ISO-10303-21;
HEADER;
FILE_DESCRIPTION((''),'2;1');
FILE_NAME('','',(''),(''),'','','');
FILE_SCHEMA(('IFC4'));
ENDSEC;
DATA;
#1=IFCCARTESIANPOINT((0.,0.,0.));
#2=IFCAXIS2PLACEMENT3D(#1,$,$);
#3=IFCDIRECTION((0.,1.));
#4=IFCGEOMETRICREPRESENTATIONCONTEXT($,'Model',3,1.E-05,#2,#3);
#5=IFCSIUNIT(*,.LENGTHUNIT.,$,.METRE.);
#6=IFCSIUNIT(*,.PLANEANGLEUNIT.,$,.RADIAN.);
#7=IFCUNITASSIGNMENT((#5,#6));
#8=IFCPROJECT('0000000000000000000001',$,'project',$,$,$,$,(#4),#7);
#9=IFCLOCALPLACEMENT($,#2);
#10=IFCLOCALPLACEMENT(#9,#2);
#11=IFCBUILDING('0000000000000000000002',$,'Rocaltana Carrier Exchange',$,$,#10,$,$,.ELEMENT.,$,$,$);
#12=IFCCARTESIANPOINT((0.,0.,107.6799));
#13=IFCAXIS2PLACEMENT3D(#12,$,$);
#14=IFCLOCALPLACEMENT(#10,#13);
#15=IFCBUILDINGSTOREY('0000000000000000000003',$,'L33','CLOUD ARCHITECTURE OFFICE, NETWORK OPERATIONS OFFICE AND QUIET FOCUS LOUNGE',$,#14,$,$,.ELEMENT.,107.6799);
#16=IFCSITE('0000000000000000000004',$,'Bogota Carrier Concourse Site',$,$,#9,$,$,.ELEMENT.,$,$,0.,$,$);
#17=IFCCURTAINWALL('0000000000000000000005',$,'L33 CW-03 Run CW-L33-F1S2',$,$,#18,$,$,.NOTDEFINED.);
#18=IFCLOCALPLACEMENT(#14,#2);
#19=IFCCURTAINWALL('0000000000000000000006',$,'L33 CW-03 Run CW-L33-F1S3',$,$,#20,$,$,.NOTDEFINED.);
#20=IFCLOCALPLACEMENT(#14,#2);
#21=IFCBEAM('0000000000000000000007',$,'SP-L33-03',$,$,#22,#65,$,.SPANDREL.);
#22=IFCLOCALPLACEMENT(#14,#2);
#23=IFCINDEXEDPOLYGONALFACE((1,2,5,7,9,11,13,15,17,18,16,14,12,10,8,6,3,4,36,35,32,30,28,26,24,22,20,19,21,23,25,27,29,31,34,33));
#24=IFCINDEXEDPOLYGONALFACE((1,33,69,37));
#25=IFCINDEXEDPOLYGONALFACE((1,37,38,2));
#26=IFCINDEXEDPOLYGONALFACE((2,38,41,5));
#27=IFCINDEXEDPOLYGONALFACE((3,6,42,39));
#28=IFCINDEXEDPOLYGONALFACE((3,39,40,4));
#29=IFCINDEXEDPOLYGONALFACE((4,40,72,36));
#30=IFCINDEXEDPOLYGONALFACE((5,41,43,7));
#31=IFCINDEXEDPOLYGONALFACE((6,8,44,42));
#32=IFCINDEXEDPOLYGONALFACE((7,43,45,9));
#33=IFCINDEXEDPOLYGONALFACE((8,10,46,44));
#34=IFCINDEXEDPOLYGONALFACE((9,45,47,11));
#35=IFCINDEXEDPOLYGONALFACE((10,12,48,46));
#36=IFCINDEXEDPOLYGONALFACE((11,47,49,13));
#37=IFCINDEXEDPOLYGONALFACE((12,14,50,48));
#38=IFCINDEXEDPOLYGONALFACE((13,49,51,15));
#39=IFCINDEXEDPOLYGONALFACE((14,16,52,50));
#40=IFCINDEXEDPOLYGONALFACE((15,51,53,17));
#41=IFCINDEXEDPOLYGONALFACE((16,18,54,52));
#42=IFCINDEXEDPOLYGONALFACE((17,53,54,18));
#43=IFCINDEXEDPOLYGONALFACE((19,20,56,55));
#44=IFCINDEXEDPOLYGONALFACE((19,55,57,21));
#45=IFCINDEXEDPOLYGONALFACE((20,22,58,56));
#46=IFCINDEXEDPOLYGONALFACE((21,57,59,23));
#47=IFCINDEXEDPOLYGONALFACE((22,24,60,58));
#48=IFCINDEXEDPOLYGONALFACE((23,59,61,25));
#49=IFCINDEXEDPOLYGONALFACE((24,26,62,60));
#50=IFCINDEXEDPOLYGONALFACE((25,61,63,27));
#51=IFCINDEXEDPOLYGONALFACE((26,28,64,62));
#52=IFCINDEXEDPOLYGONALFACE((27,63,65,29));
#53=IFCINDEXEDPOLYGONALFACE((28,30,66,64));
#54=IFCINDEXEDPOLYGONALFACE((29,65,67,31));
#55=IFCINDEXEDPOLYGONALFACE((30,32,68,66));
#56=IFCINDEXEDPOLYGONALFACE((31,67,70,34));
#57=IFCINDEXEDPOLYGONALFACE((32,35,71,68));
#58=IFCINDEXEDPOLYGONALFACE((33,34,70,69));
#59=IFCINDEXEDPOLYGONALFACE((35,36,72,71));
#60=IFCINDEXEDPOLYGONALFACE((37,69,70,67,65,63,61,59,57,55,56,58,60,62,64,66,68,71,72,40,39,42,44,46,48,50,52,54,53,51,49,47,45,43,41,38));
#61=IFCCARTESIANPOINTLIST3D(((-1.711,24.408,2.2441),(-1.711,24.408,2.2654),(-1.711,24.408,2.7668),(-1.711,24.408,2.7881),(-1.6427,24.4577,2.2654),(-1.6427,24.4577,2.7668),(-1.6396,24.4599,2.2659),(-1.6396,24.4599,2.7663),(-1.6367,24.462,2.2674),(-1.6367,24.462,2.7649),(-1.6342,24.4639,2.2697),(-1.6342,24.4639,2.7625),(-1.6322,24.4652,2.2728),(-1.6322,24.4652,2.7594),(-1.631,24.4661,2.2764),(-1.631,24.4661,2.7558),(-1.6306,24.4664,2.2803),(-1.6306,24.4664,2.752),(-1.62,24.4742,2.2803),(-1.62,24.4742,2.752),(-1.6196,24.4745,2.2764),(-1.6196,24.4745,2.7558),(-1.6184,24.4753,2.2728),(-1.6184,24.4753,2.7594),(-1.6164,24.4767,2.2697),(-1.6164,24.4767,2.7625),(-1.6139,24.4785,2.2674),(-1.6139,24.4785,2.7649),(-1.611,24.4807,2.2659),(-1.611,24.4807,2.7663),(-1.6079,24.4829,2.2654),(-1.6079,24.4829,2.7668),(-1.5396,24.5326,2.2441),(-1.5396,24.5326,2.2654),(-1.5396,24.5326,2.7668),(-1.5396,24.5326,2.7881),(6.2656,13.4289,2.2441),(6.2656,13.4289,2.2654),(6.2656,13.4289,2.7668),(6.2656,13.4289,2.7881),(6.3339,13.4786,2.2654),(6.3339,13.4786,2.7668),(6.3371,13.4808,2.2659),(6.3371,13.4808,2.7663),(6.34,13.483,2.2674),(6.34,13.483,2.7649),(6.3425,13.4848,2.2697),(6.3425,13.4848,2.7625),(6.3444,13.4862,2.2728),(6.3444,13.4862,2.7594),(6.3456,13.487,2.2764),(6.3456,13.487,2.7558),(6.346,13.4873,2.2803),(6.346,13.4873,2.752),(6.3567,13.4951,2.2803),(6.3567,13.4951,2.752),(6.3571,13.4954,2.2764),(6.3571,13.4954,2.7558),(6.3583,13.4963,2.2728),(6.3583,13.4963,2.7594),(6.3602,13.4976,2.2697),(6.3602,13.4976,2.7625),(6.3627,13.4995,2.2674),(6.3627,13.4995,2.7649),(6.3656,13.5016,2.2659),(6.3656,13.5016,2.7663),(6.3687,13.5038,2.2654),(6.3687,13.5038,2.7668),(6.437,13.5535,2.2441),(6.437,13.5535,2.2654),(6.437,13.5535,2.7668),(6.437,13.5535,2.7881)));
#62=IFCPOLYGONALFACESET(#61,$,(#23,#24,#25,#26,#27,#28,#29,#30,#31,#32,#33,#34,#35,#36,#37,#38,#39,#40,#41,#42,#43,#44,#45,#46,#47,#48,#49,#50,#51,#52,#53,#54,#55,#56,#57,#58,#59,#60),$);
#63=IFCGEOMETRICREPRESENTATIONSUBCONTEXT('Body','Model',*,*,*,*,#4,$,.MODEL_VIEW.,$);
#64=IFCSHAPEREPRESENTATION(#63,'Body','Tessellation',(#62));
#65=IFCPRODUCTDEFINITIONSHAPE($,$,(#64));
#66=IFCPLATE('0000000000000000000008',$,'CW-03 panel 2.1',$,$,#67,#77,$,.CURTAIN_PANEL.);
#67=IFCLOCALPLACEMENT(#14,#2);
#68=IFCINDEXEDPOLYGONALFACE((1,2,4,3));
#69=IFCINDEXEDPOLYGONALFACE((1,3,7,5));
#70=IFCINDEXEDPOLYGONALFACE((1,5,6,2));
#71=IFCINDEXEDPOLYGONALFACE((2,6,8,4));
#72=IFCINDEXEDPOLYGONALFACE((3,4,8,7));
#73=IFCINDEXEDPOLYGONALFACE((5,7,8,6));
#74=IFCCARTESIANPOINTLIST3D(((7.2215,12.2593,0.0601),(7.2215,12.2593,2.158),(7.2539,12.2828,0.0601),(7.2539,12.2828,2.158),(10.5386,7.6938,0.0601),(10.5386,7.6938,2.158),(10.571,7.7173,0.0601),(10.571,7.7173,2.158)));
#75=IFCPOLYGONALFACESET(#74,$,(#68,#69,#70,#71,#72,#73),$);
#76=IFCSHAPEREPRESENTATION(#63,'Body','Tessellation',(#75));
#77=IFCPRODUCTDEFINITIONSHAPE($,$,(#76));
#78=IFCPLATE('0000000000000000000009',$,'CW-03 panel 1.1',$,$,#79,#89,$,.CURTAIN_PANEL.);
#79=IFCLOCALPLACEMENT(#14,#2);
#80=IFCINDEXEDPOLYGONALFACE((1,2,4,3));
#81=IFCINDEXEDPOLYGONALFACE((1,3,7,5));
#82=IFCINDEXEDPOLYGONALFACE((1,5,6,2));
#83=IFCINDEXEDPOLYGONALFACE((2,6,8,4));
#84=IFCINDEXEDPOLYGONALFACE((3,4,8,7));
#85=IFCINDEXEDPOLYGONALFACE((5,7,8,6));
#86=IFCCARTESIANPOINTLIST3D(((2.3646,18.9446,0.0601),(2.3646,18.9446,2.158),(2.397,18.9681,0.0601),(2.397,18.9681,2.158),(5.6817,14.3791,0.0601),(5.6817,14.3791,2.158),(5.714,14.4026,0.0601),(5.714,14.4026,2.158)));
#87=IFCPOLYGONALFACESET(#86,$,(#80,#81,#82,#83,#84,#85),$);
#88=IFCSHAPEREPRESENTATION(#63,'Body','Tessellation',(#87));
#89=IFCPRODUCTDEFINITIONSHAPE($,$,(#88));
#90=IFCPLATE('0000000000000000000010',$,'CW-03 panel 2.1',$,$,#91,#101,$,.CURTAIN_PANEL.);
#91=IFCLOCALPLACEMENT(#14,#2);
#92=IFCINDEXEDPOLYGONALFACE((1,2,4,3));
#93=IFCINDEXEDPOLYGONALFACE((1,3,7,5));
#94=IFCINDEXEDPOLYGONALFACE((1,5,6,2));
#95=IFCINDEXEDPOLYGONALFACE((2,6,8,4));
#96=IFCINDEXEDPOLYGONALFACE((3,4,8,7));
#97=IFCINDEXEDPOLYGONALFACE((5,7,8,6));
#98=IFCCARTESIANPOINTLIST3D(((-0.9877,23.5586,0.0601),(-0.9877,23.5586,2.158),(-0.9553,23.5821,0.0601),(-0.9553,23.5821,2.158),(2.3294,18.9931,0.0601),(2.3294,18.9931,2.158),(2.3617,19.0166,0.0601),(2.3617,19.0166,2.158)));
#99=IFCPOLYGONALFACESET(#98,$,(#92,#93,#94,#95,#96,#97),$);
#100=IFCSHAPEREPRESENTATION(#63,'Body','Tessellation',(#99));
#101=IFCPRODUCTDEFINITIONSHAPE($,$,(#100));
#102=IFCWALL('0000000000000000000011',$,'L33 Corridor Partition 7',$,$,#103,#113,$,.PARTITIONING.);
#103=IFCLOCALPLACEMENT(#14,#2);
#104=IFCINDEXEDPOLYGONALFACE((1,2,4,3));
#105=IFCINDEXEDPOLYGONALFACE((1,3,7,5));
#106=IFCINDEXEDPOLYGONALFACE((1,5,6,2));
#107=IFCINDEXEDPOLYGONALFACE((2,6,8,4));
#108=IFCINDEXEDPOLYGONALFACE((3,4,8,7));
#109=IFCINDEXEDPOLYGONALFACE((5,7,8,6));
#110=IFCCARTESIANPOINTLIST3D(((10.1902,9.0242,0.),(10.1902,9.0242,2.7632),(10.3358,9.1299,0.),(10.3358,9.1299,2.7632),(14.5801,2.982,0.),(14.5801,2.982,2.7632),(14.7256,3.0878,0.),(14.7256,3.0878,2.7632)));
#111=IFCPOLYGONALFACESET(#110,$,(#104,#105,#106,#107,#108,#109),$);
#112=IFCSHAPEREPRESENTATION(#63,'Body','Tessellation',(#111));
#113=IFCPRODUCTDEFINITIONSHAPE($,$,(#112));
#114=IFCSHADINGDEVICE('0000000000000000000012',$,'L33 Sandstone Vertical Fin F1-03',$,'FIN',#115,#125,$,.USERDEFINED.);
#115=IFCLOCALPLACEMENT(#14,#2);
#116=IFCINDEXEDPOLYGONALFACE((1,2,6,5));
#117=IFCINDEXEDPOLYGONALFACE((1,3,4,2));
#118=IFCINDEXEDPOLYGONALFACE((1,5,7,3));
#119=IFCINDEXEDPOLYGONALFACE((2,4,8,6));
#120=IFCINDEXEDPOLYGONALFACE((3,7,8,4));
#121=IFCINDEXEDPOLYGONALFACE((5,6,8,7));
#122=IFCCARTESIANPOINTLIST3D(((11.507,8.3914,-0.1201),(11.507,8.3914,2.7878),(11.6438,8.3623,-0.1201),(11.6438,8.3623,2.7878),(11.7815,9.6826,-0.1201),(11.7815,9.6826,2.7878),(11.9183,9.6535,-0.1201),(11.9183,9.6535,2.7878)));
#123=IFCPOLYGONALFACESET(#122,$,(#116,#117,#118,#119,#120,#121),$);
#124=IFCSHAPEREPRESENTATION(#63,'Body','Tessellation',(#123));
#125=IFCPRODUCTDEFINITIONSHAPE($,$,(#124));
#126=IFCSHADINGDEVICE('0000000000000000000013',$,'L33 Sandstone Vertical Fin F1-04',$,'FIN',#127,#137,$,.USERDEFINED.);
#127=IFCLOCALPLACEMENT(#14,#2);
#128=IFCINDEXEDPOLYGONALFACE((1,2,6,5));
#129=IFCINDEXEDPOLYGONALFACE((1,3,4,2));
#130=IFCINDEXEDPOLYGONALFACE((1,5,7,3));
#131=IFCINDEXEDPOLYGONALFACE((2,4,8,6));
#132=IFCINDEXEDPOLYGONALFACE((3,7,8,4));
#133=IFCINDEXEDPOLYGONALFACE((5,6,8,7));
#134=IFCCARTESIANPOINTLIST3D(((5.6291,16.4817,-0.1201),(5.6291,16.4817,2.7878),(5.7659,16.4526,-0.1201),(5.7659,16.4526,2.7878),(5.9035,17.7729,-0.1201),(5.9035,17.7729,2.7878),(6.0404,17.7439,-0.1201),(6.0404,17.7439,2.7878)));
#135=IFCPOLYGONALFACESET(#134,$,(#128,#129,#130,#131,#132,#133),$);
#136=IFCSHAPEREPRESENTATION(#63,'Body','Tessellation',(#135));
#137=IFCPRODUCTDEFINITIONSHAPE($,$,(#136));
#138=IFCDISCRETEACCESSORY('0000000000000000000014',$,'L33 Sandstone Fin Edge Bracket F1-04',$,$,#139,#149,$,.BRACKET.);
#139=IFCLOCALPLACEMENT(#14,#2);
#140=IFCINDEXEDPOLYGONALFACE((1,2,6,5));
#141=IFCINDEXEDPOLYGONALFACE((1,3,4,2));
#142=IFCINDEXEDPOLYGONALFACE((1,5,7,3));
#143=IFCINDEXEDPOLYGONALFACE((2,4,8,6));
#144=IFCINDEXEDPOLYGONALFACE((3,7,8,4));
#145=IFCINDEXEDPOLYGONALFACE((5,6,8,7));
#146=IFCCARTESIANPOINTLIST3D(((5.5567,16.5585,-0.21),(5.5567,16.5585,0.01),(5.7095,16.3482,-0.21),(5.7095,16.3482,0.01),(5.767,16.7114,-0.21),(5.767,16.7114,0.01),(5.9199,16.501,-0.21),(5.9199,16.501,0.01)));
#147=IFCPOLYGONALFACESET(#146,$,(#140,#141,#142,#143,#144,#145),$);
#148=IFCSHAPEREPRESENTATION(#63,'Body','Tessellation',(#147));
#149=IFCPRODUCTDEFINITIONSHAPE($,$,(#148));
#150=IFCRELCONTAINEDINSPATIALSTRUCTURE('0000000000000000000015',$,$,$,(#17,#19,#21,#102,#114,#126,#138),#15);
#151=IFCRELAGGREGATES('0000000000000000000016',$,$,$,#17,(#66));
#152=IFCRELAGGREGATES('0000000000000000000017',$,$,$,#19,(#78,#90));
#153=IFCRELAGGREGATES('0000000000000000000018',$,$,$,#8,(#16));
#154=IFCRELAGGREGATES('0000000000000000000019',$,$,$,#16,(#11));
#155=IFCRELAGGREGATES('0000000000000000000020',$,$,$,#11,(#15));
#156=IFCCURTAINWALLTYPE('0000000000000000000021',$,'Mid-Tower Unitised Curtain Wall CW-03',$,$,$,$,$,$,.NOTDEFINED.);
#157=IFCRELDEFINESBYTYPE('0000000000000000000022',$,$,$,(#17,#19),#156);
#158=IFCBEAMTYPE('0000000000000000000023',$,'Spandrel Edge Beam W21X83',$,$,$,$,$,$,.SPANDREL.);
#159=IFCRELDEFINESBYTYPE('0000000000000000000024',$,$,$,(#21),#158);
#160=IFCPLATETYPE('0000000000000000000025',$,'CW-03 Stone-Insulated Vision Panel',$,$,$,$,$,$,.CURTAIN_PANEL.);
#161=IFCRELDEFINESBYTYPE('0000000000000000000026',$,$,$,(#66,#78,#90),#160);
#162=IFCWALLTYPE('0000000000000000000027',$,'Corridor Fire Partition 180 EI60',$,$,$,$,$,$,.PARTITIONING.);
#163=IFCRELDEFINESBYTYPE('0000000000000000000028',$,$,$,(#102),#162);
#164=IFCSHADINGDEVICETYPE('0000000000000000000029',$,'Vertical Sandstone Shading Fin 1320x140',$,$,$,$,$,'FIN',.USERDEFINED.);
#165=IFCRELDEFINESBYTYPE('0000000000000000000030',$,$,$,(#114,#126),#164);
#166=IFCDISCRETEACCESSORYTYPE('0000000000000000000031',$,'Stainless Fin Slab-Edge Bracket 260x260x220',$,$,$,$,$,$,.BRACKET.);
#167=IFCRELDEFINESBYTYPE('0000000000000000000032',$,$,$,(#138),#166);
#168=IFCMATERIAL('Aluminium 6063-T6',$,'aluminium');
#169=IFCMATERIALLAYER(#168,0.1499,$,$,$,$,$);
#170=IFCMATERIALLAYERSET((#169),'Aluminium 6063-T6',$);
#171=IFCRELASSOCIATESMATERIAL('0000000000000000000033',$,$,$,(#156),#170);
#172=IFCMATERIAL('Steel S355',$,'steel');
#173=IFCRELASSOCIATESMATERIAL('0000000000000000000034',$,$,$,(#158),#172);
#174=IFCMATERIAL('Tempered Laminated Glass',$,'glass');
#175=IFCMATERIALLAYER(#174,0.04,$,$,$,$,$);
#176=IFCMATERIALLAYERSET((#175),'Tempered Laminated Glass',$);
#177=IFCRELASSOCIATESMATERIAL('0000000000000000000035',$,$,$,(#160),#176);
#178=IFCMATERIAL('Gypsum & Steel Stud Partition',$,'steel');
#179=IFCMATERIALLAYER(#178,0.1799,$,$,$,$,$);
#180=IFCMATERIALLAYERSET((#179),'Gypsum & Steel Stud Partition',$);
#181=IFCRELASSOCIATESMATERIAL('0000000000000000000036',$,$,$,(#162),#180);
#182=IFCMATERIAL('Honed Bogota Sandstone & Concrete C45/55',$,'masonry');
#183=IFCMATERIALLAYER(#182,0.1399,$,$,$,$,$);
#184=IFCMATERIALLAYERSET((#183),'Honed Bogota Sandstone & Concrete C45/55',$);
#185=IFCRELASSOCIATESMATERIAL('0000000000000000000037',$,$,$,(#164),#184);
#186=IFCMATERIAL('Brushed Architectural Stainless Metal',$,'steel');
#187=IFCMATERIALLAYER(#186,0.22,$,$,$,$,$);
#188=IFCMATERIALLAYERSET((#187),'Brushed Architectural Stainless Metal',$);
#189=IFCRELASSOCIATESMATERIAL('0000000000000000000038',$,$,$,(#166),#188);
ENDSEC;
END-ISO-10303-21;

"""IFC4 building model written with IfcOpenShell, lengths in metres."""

from ifc_helpers import new_model, si_unit, direction, frame, frame_2d, origin, origin_2d, place, context, subcontext, project, spatial, rectangle, i_section, extrude, material, layer, layer_set, material_profile, profile_set, type_object, element, aggregate, save


model = new_model("IFC4")

# Units and contexts
model_context = context("Model", 3, precision=1e-05, world=origin(), true_north=direction((0.0, 1.0)))
body_context = subcontext(model_context, "Body", "Model", "MODEL_VIEW")
ifc_project = project(units=[si_unit("LENGTHUNIT", "METRE"), si_unit("PLANEANGLEUNIT", "RADIAN")], contexts=[model_context])

# Site, building, storey
site_placement = place(None, origin())
site = spatial("IfcSite", under=ifc_project, at=site_placement, Name="Bogota Carrier Concourse Site", CompositionType="ELEMENT", RefElevation=0.0)
building_placement = place(site_placement, origin())
building = spatial("IfcBuilding", under=site, at=building_placement, Name="Rocaltana Carrier Exchange", CompositionType="ELEMENT")
storey_placement = place(building_placement, frame((0.0, 0.0, 107.6799)))
storey = spatial("IfcBuildingStorey", under=building, at=storey_placement, Name="L33", Description="CLOUD ARCHITECTURE OFFICE, NETWORK OPERATIONS OFFICE AND QUIET FOCUS LOUNGE", CompositionType="ELEMENT", Elevation=107.6799)

# Curtain wall
ifc_material_1 = material(Name="Aluminium 6063-T6", Category="aluminium")
ifc_layer_1 = layer(ifc_material_1, 0.1499)
ifc_layer_set_1 = layer_set([ifc_layer_1], Name="Aluminium 6063-T6")
curtain_wall_type = type_object("IfcCurtainWallType", Name="Mid-Tower Unitised Curtain Wall CW-03", PredefinedType="NOTDEFINED", material=ifc_layer_set_1)
curtain_wall_1_placement = place(storey_placement, origin())
curtain_wall_1 = element("IfcCurtainWall", 1, at=curtain_wall_1_placement, inside=storey, type_object=curtain_wall_type, Name="L33 CW-03 Run CW-L33-F1S2", PredefinedType="NOTDEFINED")

# Curtain wall
curtain_wall_2_placement = place(storey_placement, origin())
curtain_wall_2 = element("IfcCurtainWall", 2, at=curtain_wall_2_placement, inside=storey, type_object=curtain_wall_type, Name="L33 CW-03 Run CW-L33-F1S3", PredefinedType="NOTDEFINED")

# Beam
ifc_material_2 = material(Name="Steel S355", Category="steel")
ifc_material_profile_1 = material_profile(ifc_material_2, i_section(OverallWidth=0.2119, OverallDepth=0.5439, WebThickness=0.0132, FlangeThickness=0.0212, FilletRadius=0.0149, at=origin_2d()), Name="W21X83")
ifc_profile_set_1 = profile_set([ifc_material_profile_1], Name="Steel S355")
beam_type_1 = type_object("IfcBeamType", Name="Spandrel Edge Beam W21X83", PredefinedType="SPANDREL", material=ifc_profile_set_1)
beam_1_placement = place(storey_placement, frame((6.3513, 13.4912, 2.5161), z_axis=(-0.587778, 0.809022, 0.0), x_axis=(-0.809022, -0.587778, 0.0)))
element("IfcBeam", 3, at=beam_1_placement, inside=storey, type_object=beam_type_1, Name="SP-L33-03", PredefinedType="SPANDREL", context=body_context, shape_type="SweptSolid", body=[
    extrude(i_section(OverallWidth=0.2119, OverallDepth=0.5439, WebThickness=0.0132, FlangeThickness=0.0212, FilletRadius=0.0149, at=origin_2d()), origin(), (0.0, 0.0, 1.0), 13.5708),
])

# Plates
ifc_material_3 = material(Name="Tempered Laminated Glass", Category="glass")
ifc_layer_2 = layer(ifc_material_3, 0.04)
ifc_layer_set_2 = layer_set([ifc_layer_2], Name="Tempered Laminated Glass")
plate_type = type_object("IfcPlateType", Name="CW-03 Stone-Insulated Vision Panel", PredefinedType="CURTAIN_PANEL", material=ifc_layer_set_2)
plate_1_placement = place(storey_placement, frame((8.8962, 9.9883, 0.0601), z_axis=(0.0, 0.0, 1.0), x_axis=(-0.58779, 0.809014, 0.0)))
plate_1 = element("IfcPlate", 4, at=plate_1_placement, type_object=plate_type, Name="CW-03 panel 2.1", PredefinedType="CURTAIN_PANEL", context=body_context, shape_type="SweptSolid", body=[
    extrude(rectangle(XDim=5.6433, YDim=0.04, at=origin_2d()), origin(), (0.0, 0.0, 1.0), 2.0979),
])
aggregate(curtain_wall_1, [plate_1])
plate_2_placement = place(storey_placement, frame((4.0393, 16.6736, 0.0601), z_axis=(0.0, 0.0, 1.0), x_axis=(-0.58779, 0.809014, 0.0)))
plate_2 = element("IfcPlate", 5, at=plate_2_placement, type_object=plate_type, Name="CW-03 panel 1.1", PredefinedType="CURTAIN_PANEL", context=body_context, shape_type="SweptSolid", body=[
    extrude(rectangle(XDim=5.6433, YDim=0.04, at=origin_2d()), origin(), (0.0, 0.0, 1.0), 2.0979),
])
plate_3_placement = place(storey_placement, frame((0.687, 21.2876, 0.0601), z_axis=(0.0, 0.0, 1.0), x_axis=(-0.58779, 0.809014, 0.0)))
plate_3 = element("IfcPlate", 6, at=plate_3_placement, type_object=plate_type, Name="CW-03 panel 2.1", PredefinedType="CURTAIN_PANEL", context=body_context, shape_type="SweptSolid", body=[
    extrude(rectangle(XDim=5.6433, YDim=0.04, at=origin_2d()), origin(), (0.0, 0.0, 1.0), 2.0979),
])
aggregate(curtain_wall_2, [plate_2, plate_3])

# Wall
ifc_material_4 = material(Name="Gypsum & Steel Stud Partition", Category="steel")
ifc_layer_3 = layer(ifc_material_4, 0.1799)
ifc_layer_set_3 = layer_set([ifc_layer_3], Name="Gypsum & Steel Stud Partition")
wall_type = type_object("IfcWallType", Name="Corridor Fire Partition 180 EI60", PredefinedType="PARTITIONING", material=ifc_layer_set_3)
wall_placement = place(storey_placement, frame((10.2629, 9.0771, 0.0), z_axis=(0.0, 0.0, 1.0), x_axis=(0.587781, -0.80902, 0.0)))
element("IfcWall", 7, at=wall_placement, inside=storey, type_object=wall_type, Name="L33 Corridor Partition 7", PredefinedType="PARTITIONING", context=body_context, shape_type="SweptSolid", body=[
    extrude(rectangle(XDim=7.4685, YDim=0.1799, at=frame_2d((3.7344, 0.0))), origin(), (0.0, 0.0, 1.0), 2.7632),
])

# Shading devices
ifc_material_5 = material(Name="Honed Bogota Sandstone & Concrete C45/55", Category="masonry")
ifc_layer_4 = layer(ifc_material_5, 0.1399)
ifc_layer_set_4 = layer_set([ifc_layer_4], Name="Honed Bogota Sandstone & Concrete C45/55")
shading_device_type = type_object("IfcShadingDeviceType", Name="Vertical Sandstone Shading Fin 1320x140", ElementType="FIN", PredefinedType="USERDEFINED", material=ifc_layer_set_4)
for number, where, z_axis, x_axis, name in (
    (8, (11.7126, 9.0225, -0.1201), (0.0, 0.0, 1.0), (0.207912, 0.978148, 0.0), "L33 Sandstone Vertical Fin F1-03"),
    (9, (5.8347, 17.1128, -0.1201), (0.0, 0.0, 1.0), (0.207912, 0.978148, 0.0), "L33 Sandstone Vertical Fin F1-04"),
):
    element("IfcShadingDevice", number, at=place(storey_placement, frame(where, z_axis=z_axis, x_axis=x_axis)), inside=storey, type_object=shading_device_type, Name=name, ObjectType="FIN", PredefinedType="USERDEFINED", context=body_context, shape_type="SweptSolid", body=[
        extrude(rectangle(XDim=1.3201, YDim=0.1399, at=origin_2d()), origin(), (0.0, 0.0, 1.0), 2.908),
    ])

# Discrete accessory
ifc_material_6 = material(Name="Brushed Architectural Stainless Metal", Category="steel")
ifc_layer_5 = layer(ifc_material_6, 0.22)
ifc_layer_set_5 = layer_set([ifc_layer_5], Name="Brushed Architectural Stainless Metal")
discrete_accessory_type = type_object("IfcDiscreteAccessoryType", Name="Stainless Fin Slab-Edge Bracket 260x260x220", PredefinedType="BRACKET", material=ifc_layer_set_5)
discrete_accessory_placement = place(storey_placement, frame((5.7383, 16.5298, -0.21), z_axis=(0.0, 0.0, 1.0), x_axis=(-0.587785, 0.809017, 0.0)))
element("IfcDiscreteAccessory", 10, at=discrete_accessory_placement, inside=storey, type_object=discrete_accessory_type, Name="L33 Sandstone Fin Edge Bracket F1-04", PredefinedType="BRACKET", context=body_context, shape_type="SweptSolid", body=[
    extrude(rectangle(XDim=0.26, YDim=0.26, at=origin_2d()), origin(), (0.0, 0.0, 1.0), 0.22),
])

save(model, "model.ifc")
